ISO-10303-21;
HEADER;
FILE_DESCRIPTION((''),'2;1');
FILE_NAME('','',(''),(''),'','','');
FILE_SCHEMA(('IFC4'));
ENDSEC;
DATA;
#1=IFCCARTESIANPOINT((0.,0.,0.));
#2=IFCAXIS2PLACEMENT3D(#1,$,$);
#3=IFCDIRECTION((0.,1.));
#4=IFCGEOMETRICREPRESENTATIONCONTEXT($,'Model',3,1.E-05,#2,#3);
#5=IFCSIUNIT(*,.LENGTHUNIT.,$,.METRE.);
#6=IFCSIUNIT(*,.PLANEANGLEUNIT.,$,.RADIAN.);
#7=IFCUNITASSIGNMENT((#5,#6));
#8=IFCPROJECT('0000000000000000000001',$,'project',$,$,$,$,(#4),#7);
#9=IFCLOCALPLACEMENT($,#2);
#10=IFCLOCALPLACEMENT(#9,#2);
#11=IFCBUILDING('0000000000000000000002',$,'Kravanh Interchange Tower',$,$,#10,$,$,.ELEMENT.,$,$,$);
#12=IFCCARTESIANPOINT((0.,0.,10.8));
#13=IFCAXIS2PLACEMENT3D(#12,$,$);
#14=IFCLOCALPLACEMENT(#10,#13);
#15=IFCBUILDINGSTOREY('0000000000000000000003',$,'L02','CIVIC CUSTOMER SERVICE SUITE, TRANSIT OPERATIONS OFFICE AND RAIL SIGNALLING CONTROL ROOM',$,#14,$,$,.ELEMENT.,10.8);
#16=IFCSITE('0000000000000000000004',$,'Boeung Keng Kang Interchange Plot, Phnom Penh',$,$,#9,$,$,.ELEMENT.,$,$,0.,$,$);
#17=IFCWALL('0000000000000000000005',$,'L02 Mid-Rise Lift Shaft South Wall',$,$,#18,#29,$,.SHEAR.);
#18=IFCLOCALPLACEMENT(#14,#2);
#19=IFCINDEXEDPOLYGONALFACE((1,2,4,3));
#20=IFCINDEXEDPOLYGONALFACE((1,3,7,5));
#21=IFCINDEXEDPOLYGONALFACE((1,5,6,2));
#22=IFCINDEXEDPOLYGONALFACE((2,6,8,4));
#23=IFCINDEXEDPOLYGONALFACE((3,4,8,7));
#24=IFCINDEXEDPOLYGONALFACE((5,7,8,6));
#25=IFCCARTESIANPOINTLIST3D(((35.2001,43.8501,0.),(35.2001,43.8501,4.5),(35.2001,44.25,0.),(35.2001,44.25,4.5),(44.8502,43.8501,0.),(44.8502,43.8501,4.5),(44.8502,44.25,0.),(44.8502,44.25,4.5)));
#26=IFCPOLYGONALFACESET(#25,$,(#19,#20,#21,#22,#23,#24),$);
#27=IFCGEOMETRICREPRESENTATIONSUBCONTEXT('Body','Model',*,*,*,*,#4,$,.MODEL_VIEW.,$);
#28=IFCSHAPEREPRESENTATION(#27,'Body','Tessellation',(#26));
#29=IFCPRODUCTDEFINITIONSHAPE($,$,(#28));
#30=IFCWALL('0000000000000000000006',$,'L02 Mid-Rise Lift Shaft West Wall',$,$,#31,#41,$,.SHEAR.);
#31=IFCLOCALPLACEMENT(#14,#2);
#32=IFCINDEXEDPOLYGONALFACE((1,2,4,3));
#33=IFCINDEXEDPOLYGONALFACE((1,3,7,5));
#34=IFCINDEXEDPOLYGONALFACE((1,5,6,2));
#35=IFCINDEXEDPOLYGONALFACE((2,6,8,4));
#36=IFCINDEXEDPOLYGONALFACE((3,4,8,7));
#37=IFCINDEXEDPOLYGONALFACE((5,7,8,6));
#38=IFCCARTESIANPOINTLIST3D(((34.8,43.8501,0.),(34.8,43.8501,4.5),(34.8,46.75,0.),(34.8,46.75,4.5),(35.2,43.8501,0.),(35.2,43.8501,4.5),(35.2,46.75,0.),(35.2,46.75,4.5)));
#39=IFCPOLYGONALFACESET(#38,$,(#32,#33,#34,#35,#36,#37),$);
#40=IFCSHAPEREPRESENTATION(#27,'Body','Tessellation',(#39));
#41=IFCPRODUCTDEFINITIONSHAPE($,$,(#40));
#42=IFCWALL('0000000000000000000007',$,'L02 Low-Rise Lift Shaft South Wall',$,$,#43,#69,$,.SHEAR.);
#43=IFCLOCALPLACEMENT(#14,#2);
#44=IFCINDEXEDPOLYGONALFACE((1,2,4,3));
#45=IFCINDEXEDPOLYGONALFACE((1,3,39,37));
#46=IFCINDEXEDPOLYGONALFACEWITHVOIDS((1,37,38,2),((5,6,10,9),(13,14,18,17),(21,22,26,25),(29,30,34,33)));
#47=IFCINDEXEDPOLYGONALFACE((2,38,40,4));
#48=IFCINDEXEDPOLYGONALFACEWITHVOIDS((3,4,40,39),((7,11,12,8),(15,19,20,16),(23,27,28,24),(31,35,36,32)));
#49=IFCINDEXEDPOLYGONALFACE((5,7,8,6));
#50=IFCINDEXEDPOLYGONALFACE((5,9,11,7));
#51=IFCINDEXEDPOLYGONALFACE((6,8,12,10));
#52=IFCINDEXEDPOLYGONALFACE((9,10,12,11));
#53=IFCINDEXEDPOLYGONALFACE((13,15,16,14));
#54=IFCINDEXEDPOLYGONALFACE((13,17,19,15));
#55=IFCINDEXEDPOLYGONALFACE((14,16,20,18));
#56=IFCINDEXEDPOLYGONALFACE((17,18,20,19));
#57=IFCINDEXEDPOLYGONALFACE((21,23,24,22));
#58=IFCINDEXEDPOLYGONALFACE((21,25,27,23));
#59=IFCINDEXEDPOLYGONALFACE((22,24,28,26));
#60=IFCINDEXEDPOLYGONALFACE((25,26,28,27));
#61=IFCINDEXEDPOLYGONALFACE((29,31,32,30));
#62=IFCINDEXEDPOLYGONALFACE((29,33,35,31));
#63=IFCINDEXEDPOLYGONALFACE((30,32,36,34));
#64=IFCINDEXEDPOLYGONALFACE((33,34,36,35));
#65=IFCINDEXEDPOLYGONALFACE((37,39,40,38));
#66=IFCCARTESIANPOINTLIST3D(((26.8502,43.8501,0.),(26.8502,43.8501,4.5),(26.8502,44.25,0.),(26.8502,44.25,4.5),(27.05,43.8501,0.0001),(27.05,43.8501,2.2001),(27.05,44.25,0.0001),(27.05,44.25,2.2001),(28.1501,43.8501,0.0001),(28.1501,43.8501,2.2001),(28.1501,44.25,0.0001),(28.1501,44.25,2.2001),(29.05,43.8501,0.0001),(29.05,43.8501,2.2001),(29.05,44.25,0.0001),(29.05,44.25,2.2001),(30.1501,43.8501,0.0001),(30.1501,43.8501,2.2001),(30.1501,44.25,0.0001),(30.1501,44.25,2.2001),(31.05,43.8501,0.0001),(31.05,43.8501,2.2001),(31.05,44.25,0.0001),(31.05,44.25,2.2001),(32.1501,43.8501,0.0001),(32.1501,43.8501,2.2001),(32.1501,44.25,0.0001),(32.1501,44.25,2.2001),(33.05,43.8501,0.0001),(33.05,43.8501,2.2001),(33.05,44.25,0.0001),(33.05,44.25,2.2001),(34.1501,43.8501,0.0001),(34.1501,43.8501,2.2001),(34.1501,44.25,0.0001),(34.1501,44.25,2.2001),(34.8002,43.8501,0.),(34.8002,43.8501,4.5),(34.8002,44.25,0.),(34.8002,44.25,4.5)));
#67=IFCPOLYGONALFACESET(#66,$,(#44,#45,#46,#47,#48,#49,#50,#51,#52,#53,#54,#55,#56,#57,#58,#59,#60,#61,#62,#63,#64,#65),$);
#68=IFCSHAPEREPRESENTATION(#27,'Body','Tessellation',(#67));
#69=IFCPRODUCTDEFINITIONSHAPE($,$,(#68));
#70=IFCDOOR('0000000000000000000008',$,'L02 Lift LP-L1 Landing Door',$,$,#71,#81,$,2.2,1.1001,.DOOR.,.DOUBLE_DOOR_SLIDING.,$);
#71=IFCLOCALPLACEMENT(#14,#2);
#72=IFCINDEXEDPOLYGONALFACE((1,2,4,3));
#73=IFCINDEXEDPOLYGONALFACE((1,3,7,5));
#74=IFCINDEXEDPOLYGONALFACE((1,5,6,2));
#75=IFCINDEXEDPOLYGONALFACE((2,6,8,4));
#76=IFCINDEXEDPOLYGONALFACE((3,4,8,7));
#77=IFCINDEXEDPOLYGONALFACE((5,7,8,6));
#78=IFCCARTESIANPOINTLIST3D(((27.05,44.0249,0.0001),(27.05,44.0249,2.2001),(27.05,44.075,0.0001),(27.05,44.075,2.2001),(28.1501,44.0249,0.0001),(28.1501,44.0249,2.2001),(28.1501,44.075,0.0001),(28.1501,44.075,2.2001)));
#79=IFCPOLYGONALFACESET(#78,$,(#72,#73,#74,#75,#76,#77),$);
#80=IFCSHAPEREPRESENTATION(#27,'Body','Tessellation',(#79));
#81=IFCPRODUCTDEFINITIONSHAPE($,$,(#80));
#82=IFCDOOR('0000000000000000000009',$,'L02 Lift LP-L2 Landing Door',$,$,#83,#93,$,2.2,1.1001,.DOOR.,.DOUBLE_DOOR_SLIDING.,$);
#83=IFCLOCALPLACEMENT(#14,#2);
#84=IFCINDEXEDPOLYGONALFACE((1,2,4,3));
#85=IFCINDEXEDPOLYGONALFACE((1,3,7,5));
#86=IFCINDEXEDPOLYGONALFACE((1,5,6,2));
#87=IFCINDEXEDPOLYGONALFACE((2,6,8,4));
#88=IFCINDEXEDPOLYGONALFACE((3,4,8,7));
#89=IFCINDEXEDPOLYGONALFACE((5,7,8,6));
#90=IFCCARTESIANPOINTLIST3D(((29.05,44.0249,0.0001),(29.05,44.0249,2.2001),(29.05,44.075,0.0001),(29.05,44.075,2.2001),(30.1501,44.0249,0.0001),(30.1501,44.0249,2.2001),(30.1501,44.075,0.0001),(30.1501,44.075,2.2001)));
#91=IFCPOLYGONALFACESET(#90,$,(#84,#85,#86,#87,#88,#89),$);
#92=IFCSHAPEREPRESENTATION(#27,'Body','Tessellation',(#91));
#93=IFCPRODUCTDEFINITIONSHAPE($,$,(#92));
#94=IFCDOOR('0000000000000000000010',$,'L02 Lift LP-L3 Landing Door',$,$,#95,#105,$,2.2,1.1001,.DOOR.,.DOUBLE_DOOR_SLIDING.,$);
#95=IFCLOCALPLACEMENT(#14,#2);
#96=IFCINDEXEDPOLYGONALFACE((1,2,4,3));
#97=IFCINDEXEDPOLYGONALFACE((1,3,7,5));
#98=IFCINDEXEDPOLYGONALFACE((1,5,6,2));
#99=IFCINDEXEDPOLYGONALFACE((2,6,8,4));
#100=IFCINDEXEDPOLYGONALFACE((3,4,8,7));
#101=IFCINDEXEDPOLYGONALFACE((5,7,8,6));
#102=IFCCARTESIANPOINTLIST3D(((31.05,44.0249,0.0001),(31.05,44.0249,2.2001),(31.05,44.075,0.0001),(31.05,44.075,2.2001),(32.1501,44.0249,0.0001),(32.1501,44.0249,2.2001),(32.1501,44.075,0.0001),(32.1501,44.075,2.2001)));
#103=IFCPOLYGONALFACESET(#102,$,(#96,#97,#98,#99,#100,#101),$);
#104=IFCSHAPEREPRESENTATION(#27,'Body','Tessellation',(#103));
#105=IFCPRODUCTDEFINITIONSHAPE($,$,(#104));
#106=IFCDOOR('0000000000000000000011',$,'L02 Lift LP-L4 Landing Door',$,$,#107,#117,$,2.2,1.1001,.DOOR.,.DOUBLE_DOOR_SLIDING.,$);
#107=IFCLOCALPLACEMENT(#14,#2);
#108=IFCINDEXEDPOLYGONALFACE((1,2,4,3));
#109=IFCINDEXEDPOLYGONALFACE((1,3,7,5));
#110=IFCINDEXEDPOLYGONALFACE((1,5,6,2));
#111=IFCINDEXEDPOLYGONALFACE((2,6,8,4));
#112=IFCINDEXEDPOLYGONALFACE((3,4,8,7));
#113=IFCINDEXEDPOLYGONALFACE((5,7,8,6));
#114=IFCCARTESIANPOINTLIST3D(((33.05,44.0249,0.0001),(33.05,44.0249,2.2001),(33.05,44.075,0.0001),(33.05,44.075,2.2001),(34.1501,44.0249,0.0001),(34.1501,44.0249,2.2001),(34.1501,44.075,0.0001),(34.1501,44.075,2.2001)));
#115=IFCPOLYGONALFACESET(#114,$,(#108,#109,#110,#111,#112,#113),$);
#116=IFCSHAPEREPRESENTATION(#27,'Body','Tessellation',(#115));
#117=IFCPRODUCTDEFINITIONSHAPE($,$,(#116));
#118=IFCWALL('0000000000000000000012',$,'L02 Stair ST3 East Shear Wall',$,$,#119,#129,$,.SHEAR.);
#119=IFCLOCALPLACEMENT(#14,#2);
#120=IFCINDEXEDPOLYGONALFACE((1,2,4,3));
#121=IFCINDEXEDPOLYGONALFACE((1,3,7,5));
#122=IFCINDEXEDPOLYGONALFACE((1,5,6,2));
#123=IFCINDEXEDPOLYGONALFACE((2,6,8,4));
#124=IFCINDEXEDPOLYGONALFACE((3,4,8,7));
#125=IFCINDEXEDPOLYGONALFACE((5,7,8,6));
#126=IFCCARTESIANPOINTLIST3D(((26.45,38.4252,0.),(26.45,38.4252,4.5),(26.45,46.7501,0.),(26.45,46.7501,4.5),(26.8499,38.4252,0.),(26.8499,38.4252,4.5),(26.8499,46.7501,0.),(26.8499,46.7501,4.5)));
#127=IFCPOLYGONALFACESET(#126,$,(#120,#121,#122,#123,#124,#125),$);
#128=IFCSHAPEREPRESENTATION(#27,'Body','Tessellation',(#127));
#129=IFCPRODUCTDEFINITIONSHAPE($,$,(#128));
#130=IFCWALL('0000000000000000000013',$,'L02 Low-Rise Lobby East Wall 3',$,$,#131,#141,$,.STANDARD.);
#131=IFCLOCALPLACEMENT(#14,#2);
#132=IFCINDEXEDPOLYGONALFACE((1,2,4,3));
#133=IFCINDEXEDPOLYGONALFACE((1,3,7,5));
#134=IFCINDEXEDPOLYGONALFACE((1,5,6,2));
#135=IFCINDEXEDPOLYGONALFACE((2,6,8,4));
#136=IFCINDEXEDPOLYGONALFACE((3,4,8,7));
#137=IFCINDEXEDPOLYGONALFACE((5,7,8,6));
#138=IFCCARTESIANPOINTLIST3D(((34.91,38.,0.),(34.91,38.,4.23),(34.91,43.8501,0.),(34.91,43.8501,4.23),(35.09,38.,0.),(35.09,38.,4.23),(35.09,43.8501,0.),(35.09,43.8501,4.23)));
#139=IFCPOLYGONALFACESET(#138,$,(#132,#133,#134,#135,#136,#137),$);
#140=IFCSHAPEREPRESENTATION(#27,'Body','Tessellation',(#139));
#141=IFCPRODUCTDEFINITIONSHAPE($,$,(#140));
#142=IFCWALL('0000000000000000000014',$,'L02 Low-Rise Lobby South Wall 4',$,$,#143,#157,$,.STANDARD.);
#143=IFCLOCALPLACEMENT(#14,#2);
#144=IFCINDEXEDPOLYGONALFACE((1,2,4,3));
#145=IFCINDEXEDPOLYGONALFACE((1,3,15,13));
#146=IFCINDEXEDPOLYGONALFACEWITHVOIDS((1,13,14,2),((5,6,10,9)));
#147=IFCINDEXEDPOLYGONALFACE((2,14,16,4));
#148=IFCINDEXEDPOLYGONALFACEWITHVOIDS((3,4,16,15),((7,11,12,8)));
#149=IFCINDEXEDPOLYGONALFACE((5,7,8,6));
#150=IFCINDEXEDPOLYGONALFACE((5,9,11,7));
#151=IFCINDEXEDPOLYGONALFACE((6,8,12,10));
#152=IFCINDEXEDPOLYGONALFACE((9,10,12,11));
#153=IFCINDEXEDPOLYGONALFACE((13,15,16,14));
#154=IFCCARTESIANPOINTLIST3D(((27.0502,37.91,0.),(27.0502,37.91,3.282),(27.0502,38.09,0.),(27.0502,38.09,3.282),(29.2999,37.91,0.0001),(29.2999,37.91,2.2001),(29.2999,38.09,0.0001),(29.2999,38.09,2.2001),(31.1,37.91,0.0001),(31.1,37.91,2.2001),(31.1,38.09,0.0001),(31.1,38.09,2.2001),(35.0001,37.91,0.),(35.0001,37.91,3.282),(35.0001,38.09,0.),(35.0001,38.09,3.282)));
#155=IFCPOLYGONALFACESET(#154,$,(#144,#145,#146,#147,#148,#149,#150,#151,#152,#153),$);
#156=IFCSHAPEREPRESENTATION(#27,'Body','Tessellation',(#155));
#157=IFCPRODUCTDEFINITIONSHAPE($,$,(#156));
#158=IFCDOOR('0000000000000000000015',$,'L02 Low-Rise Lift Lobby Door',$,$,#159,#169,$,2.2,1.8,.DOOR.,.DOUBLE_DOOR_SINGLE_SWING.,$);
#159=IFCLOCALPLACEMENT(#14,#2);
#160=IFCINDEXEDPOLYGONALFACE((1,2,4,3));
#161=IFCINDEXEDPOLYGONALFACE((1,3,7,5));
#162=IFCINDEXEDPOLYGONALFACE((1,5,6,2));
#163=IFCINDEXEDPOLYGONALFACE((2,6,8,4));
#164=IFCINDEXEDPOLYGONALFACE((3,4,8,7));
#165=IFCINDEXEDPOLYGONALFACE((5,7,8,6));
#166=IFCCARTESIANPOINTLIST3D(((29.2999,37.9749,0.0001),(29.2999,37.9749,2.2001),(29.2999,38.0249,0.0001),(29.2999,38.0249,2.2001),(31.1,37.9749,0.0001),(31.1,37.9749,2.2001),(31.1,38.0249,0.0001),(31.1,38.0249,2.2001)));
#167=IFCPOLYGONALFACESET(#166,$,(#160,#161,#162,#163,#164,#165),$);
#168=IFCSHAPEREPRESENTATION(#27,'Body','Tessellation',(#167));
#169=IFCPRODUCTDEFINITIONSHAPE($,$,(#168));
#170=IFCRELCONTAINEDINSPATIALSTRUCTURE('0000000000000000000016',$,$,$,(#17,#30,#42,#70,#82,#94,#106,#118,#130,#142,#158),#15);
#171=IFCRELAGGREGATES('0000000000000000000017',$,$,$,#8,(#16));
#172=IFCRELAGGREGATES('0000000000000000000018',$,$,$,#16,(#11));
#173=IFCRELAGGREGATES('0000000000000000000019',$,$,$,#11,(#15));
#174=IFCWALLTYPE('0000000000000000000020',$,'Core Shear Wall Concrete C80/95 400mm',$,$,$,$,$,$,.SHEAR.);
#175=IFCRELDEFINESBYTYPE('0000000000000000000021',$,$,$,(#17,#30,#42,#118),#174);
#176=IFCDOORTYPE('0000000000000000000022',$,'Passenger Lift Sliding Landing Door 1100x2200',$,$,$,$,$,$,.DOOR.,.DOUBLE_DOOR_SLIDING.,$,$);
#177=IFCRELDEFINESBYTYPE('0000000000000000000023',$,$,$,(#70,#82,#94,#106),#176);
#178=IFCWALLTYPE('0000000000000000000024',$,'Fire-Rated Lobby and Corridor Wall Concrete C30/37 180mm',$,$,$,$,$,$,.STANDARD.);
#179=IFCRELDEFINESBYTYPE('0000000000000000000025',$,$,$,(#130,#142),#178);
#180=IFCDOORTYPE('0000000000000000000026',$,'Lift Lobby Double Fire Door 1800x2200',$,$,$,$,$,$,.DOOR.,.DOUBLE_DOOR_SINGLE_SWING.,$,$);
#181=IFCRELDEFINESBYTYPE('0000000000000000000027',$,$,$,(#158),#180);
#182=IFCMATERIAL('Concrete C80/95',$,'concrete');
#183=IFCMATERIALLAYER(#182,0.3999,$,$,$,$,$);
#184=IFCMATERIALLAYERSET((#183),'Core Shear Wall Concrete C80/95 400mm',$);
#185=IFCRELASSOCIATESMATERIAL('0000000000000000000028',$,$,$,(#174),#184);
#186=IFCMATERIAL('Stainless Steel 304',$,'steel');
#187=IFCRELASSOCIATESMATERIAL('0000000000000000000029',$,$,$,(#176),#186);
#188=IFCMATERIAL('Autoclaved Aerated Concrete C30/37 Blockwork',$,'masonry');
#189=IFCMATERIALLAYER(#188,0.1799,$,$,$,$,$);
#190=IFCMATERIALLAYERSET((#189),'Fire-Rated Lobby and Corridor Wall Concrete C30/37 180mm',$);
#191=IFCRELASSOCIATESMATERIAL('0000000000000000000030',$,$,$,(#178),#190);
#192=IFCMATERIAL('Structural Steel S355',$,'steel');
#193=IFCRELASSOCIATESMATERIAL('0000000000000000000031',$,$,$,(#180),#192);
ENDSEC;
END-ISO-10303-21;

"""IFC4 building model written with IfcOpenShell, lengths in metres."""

from ifc_helpers import new_model, si_unit, direction, frame, frame_2d, origin, place, context, subcontext, project, spatial, rectangle, extrude, material, layer, layer_set, type_object, element, fill, save


model = new_model("IFC4")

# Units and contexts
model_context = context("Model", 3, precision=1e-05, world=origin(), true_north=direction((0.0, 1.0)))
body_context = subcontext(model_context, "Body", "Model", "MODEL_VIEW")
ifc_project = project(units=[si_unit("LENGTHUNIT", "METRE"), si_unit("PLANEANGLEUNIT", "RADIAN")], contexts=[model_context])

# Site, building, storey
site_placement = place(None, origin())
site = spatial("IfcSite", under=ifc_project, at=site_placement, Name="Boeung Keng Kang Interchange Plot, Phnom Penh", CompositionType="ELEMENT", RefElevation=0.0)
building_placement = place(site_placement, origin())
building = spatial("IfcBuilding", under=site, at=building_placement, Name="Kravanh Interchange Tower", CompositionType="ELEMENT")
storey_placement = place(building_placement, frame((0.0, 0.0, 10.8)))
storey = spatial("IfcBuildingStorey", under=building, at=storey_placement, Name="L02", Description="CIVIC CUSTOMER SERVICE SUITE, TRANSIT OPERATIONS OFFICE AND RAIL SIGNALLING CONTROL ROOM", CompositionType="ELEMENT", Elevation=10.8)

# Walls
ifc_material_1 = material(Name="Concrete C80/95", Category="concrete")
ifc_layer_1 = layer(ifc_material_1, 0.3999)
ifc_layer_set_1 = layer_set([ifc_layer_1], Name="Core Shear Wall Concrete C80/95 400mm")
wall_type_1 = type_object("IfcWallType", Name="Core Shear Wall Concrete C80/95 400mm", PredefinedType="SHEAR", material=ifc_layer_set_1)
wall_1_placement = place(storey_placement, frame((35.2, 44.05, 0.0), z_axis=(0.0, 0.0, 1.0), x_axis=(1.0, 0.0, 0.0)))
element("IfcWall", 1, at=wall_1_placement, inside=storey, type_object=wall_type_1, Name="L02 Mid-Rise Lift Shaft South Wall", PredefinedType="SHEAR", context=body_context, shape_type="SweptSolid", body=[
    extrude(rectangle(XDim=9.6501, YDim=0.3999, at=frame_2d((4.8252, 0.0))), origin(), (0.0, 0.0, 1.0), 4.5),
])
wall_2_placement = place(storey_placement, frame((35.0, 43.8501, 0.0), z_axis=(0.0, 0.0, 1.0), x_axis=(0.0, 1.0, 0.0)))
element("IfcWall", 2, at=wall_2_placement, inside=storey, type_object=wall_type_1, Name="L02 Mid-Rise Lift Shaft West Wall", PredefinedType="SHEAR", context=body_context, shape_type="SweptSolid", body=[
    extrude(rectangle(XDim=2.8999, YDim=0.3999, at=frame_2d((1.45, 0.0))), origin(), (0.0, 0.0, 1.0), 4.5),
])

# Wall, openings, doors
wall_3_placement = place(storey_placement, frame((26.8501, 44.05, 0.0), z_axis=(0.0, 0.0, 1.0), x_axis=(1.0, 0.0, 0.0)))
wall_3 = element("IfcWall", 3, at=wall_3_placement, inside=storey, type_object=wall_type_1, Name="L02 Low-Rise Lift Shaft South Wall", PredefinedType="SHEAR", context=body_context, shape_type="SweptSolid", body=[
    extrude(rectangle(XDim=7.95, YDim=0.3999, at=frame_2d((3.9751, 0.0))), origin(), (0.0, 0.0, 1.0), 4.5),
])
opening_1_placement = place(wall_3_placement, frame((0.2, 0.0, 0.0)))
opening_1 = element("IfcOpeningElement", 4, at=opening_1_placement, cuts=wall_3, PredefinedType="OPENING", context=body_context, shape_type="SweptSolid", body=[
    extrude(rectangle(XDim=1.1001, YDim=2.2, at=frame_2d((0.55, 1.1001))), frame((0.0, 0.21, 0.0), z_axis=(0.0, -1.0, 0.0), x_axis=(1.0, 0.0, 0.0)), (0.0, 0.0, 1.0), 0.4199),
])
opening_2_placement = place(wall_3_placement, frame((2.2, 0.0, 0.0)))
opening_2 = element("IfcOpeningElement", 5, at=opening_2_placement, cuts=wall_3, PredefinedType="OPENING", context=body_context, shape_type="SweptSolid", body=[
    extrude(rectangle(XDim=1.1001, YDim=2.2, at=frame_2d((0.55, 1.1001))), frame((0.0, 0.21, 0.0), z_axis=(0.0, -1.0, 0.0), x_axis=(1.0, 0.0, 0.0)), (0.0, 0.0, 1.0), 0.4199),
])
opening_3_placement = place(wall_3_placement, frame((4.2, 0.0, 0.0)))
opening_3 = element("IfcOpeningElement", 6, at=opening_3_placement, cuts=wall_3, PredefinedType="OPENING", context=body_context, shape_type="SweptSolid", body=[
    extrude(rectangle(XDim=1.1001, YDim=2.2, at=frame_2d((0.55, 1.1001))), frame((0.0, 0.21, 0.0), z_axis=(0.0, -1.0, 0.0), x_axis=(1.0, 0.0, 0.0)), (0.0, 0.0, 1.0), 0.4199),
])
opening_4_placement = place(wall_3_placement, frame((6.2, 0.0, 0.0)))
opening_4 = element("IfcOpeningElement", 7, at=opening_4_placement, cuts=wall_3, PredefinedType="OPENING", context=body_context, shape_type="SweptSolid", body=[
    extrude(rectangle(XDim=1.1001, YDim=2.2, at=frame_2d((0.55, 1.1001))), frame((0.0, 0.21, 0.0), z_axis=(0.0, -1.0, 0.0), x_axis=(1.0, 0.0, 0.0)), (0.0, 0.0, 1.0), 0.4199),
])
ifc_material_2 = material(Name="Stainless Steel 304", Category="steel")
door_type_1 = type_object("IfcDoorType", Name="Passenger Lift Sliding Landing Door 1100x2200", OperationType="DOUBLE_DOOR_SLIDING", PredefinedType="DOOR", material=ifc_material_2)
door_1_placement = place(opening_1_placement, origin())
door_1 = element("IfcDoor", 8, at=door_1_placement, inside=storey, type_object=door_type_1, Name="L02 Lift LP-L1 Landing Door", OperationType="DOUBLE_DOOR_SLIDING", OverallHeight=2.2, OverallWidth=1.1001, PredefinedType="DOOR", context=body_context, shape_type="SweptSolid", body=[
    extrude(rectangle(XDim=1.1001, YDim=2.2, at=frame_2d((0.55, 1.1001))), frame((0.0, 0.0249, 0.0), z_axis=(0.0, -1.0, 0.0), x_axis=(1.0, 0.0, 0.0)), (0.0, 0.0, 1.0), 0.05),
])
fill(opening_1, door_1)
door_2_placement = place(opening_2_placement, origin())
door_2 = element("IfcDoor", 9, at=door_2_placement, inside=storey, type_object=door_type_1, Name="L02 Lift LP-L2 Landing Door", OperationType="DOUBLE_DOOR_SLIDING", OverallHeight=2.2, OverallWidth=1.1001, PredefinedType="DOOR", context=body_context, shape_type="SweptSolid", body=[
    extrude(rectangle(XDim=1.1001, YDim=2.2, at=frame_2d((0.55, 1.1001))), frame((0.0, 0.0249, 0.0), z_axis=(0.0, -1.0, 0.0), x_axis=(1.0, 0.0, 0.0)), (0.0, 0.0, 1.0), 0.05),
])
fill(opening_2, door_2)
door_3_placement = place(opening_3_placement, origin())
door_3 = element("IfcDoor", 10, at=door_3_placement, inside=storey, type_object=door_type_1, Name="L02 Lift LP-L3 Landing Door", OperationType="DOUBLE_DOOR_SLIDING", OverallHeight=2.2, OverallWidth=1.1001, PredefinedType="DOOR", context=body_context, shape_type="SweptSolid", body=[
    extrude(rectangle(XDim=1.1001, YDim=2.2, at=frame_2d((0.55, 1.1001))), frame((0.0, 0.0249, 0.0), z_axis=(0.0, -1.0, 0.0), x_axis=(1.0, 0.0, 0.0)), (0.0, 0.0, 1.0), 0.05),
])
fill(opening_3, door_3)
door_4_placement = place(opening_4_placement, origin())
door_4 = element("IfcDoor", 11, at=door_4_placement, inside=storey, type_object=door_type_1, Name="L02 Lift LP-L4 Landing Door", OperationType="DOUBLE_DOOR_SLIDING", OverallHeight=2.2, OverallWidth=1.1001, PredefinedType="DOOR", context=body_context, shape_type="SweptSolid", body=[
    extrude(rectangle(XDim=1.1001, YDim=2.2, at=frame_2d((0.55, 1.1001))), frame((0.0, 0.0249, 0.0), z_axis=(0.0, -1.0, 0.0), x_axis=(1.0, 0.0, 0.0)), (0.0, 0.0, 1.0), 0.05),
])
fill(opening_4, door_4)

# Walls
wall_4_placement = place(storey_placement, frame((26.6499, 38.425, 0.0), z_axis=(0.0, 0.0, 1.0), x_axis=(0.0, 1.0, 0.0)))
element("IfcWall", 12, at=wall_4_placement, inside=storey, type_object=wall_type_1, Name="L02 Stair ST3 East Shear Wall", PredefinedType="SHEAR", context=body_context, shape_type="SweptSolid", body=[
    extrude(rectangle(XDim=8.325, YDim=0.3999, at=frame_2d((4.1626, 0.0))), origin(), (0.0, 0.0, 1.0), 4.5),
])
ifc_material_3 = material(Name="Autoclaved Aerated Concrete C30/37 Blockwork", Category="masonry")
ifc_layer_2 = layer(ifc_material_3, 0.1799)
ifc_layer_set_2 = layer_set([ifc_layer_2], Name="Fire-Rated Lobby and Corridor Wall Concrete C30/37 180mm")
wall_type_2 = type_object("IfcWallType", Name="Fire-Rated Lobby and Corridor Wall Concrete C30/37 180mm", PredefinedType="STANDARD", material=ifc_layer_set_2)
wall_5_placement = place(storey_placement, frame((35.0, 38.0, 0.0), z_axis=(0.0, 0.0, 1.0), x_axis=(0.0, 1.0, 0.0)))
element("IfcWall", 13, at=wall_5_placement, inside=storey, type_object=wall_type_2, Name="L02 Low-Rise Lobby East Wall 3", PredefinedType="STANDARD", context=body_context, shape_type="SweptSolid", body=[
    extrude(rectangle(XDim=5.8501, YDim=0.1799, at=frame_2d((2.925, 0.0))), origin(), (0.0, 0.0, 1.0), 4.23),
])

# Wall, opening, door
wall_6_placement = place(storey_placement, frame((27.05, 38.0, 0.0), z_axis=(0.0, 0.0, 1.0), x_axis=(1.0, 0.0, 0.0)))
wall_6 = element("IfcWall", 14, at=wall_6_placement, inside=storey, type_object=wall_type_2, Name="L02 Low-Rise Lobby South Wall 4", PredefinedType="STANDARD", context=body_context, shape_type="SweptSolid", body=[
    extrude(rectangle(XDim=7.95, YDim=0.1799, at=frame_2d((3.9751, 0.0))), origin(), (0.0, 0.0, 1.0), 3.282),
])
opening_5_placement = place(wall_6_placement, frame((2.25, 0.0, 0.0)))
opening_5 = element("IfcOpeningElement", 15, at=opening_5_placement, cuts=wall_6, PredefinedType="OPENING", context=body_context, shape_type="SweptSolid", body=[
    extrude(rectangle(XDim=1.8, YDim=2.2, at=frame_2d((0.8999, 1.1001))), frame((0.0, 0.1001, 0.0), z_axis=(0.0, -1.0, 0.0), x_axis=(1.0, 0.0, 0.0)), (0.0, 0.0, 1.0), 0.2),
])
ifc_material_4 = material(Name="Structural Steel S355", Category="steel")
door_type_2 = type_object("IfcDoorType", Name="Lift Lobby Double Fire Door 1800x2200", OperationType="DOUBLE_DOOR_SINGLE_SWING", PredefinedType="DOOR", material=ifc_material_4)
door_5_placement = place(opening_5_placement, origin())
door_5 = element("IfcDoor", 16, at=door_5_placement, inside=storey, type_object=door_type_2, Name="L02 Low-Rise Lift Lobby Door", OperationType="DOUBLE_DOOR_SINGLE_SWING", OverallHeight=2.2, OverallWidth=1.8, PredefinedType="DOOR", context=body_context, shape_type="SweptSolid", body=[
    extrude(rectangle(XDim=1.8, YDim=2.2, at=frame_2d((0.8999, 1.1001))), frame((0.0, 0.0249, 0.0), z_axis=(0.0, -1.0, 0.0), x_axis=(1.0, 0.0, 0.0)), (0.0, 0.0, 1.0), 0.05),
])
fill(opening_5, door_5)

save(model, "model.ifc")
